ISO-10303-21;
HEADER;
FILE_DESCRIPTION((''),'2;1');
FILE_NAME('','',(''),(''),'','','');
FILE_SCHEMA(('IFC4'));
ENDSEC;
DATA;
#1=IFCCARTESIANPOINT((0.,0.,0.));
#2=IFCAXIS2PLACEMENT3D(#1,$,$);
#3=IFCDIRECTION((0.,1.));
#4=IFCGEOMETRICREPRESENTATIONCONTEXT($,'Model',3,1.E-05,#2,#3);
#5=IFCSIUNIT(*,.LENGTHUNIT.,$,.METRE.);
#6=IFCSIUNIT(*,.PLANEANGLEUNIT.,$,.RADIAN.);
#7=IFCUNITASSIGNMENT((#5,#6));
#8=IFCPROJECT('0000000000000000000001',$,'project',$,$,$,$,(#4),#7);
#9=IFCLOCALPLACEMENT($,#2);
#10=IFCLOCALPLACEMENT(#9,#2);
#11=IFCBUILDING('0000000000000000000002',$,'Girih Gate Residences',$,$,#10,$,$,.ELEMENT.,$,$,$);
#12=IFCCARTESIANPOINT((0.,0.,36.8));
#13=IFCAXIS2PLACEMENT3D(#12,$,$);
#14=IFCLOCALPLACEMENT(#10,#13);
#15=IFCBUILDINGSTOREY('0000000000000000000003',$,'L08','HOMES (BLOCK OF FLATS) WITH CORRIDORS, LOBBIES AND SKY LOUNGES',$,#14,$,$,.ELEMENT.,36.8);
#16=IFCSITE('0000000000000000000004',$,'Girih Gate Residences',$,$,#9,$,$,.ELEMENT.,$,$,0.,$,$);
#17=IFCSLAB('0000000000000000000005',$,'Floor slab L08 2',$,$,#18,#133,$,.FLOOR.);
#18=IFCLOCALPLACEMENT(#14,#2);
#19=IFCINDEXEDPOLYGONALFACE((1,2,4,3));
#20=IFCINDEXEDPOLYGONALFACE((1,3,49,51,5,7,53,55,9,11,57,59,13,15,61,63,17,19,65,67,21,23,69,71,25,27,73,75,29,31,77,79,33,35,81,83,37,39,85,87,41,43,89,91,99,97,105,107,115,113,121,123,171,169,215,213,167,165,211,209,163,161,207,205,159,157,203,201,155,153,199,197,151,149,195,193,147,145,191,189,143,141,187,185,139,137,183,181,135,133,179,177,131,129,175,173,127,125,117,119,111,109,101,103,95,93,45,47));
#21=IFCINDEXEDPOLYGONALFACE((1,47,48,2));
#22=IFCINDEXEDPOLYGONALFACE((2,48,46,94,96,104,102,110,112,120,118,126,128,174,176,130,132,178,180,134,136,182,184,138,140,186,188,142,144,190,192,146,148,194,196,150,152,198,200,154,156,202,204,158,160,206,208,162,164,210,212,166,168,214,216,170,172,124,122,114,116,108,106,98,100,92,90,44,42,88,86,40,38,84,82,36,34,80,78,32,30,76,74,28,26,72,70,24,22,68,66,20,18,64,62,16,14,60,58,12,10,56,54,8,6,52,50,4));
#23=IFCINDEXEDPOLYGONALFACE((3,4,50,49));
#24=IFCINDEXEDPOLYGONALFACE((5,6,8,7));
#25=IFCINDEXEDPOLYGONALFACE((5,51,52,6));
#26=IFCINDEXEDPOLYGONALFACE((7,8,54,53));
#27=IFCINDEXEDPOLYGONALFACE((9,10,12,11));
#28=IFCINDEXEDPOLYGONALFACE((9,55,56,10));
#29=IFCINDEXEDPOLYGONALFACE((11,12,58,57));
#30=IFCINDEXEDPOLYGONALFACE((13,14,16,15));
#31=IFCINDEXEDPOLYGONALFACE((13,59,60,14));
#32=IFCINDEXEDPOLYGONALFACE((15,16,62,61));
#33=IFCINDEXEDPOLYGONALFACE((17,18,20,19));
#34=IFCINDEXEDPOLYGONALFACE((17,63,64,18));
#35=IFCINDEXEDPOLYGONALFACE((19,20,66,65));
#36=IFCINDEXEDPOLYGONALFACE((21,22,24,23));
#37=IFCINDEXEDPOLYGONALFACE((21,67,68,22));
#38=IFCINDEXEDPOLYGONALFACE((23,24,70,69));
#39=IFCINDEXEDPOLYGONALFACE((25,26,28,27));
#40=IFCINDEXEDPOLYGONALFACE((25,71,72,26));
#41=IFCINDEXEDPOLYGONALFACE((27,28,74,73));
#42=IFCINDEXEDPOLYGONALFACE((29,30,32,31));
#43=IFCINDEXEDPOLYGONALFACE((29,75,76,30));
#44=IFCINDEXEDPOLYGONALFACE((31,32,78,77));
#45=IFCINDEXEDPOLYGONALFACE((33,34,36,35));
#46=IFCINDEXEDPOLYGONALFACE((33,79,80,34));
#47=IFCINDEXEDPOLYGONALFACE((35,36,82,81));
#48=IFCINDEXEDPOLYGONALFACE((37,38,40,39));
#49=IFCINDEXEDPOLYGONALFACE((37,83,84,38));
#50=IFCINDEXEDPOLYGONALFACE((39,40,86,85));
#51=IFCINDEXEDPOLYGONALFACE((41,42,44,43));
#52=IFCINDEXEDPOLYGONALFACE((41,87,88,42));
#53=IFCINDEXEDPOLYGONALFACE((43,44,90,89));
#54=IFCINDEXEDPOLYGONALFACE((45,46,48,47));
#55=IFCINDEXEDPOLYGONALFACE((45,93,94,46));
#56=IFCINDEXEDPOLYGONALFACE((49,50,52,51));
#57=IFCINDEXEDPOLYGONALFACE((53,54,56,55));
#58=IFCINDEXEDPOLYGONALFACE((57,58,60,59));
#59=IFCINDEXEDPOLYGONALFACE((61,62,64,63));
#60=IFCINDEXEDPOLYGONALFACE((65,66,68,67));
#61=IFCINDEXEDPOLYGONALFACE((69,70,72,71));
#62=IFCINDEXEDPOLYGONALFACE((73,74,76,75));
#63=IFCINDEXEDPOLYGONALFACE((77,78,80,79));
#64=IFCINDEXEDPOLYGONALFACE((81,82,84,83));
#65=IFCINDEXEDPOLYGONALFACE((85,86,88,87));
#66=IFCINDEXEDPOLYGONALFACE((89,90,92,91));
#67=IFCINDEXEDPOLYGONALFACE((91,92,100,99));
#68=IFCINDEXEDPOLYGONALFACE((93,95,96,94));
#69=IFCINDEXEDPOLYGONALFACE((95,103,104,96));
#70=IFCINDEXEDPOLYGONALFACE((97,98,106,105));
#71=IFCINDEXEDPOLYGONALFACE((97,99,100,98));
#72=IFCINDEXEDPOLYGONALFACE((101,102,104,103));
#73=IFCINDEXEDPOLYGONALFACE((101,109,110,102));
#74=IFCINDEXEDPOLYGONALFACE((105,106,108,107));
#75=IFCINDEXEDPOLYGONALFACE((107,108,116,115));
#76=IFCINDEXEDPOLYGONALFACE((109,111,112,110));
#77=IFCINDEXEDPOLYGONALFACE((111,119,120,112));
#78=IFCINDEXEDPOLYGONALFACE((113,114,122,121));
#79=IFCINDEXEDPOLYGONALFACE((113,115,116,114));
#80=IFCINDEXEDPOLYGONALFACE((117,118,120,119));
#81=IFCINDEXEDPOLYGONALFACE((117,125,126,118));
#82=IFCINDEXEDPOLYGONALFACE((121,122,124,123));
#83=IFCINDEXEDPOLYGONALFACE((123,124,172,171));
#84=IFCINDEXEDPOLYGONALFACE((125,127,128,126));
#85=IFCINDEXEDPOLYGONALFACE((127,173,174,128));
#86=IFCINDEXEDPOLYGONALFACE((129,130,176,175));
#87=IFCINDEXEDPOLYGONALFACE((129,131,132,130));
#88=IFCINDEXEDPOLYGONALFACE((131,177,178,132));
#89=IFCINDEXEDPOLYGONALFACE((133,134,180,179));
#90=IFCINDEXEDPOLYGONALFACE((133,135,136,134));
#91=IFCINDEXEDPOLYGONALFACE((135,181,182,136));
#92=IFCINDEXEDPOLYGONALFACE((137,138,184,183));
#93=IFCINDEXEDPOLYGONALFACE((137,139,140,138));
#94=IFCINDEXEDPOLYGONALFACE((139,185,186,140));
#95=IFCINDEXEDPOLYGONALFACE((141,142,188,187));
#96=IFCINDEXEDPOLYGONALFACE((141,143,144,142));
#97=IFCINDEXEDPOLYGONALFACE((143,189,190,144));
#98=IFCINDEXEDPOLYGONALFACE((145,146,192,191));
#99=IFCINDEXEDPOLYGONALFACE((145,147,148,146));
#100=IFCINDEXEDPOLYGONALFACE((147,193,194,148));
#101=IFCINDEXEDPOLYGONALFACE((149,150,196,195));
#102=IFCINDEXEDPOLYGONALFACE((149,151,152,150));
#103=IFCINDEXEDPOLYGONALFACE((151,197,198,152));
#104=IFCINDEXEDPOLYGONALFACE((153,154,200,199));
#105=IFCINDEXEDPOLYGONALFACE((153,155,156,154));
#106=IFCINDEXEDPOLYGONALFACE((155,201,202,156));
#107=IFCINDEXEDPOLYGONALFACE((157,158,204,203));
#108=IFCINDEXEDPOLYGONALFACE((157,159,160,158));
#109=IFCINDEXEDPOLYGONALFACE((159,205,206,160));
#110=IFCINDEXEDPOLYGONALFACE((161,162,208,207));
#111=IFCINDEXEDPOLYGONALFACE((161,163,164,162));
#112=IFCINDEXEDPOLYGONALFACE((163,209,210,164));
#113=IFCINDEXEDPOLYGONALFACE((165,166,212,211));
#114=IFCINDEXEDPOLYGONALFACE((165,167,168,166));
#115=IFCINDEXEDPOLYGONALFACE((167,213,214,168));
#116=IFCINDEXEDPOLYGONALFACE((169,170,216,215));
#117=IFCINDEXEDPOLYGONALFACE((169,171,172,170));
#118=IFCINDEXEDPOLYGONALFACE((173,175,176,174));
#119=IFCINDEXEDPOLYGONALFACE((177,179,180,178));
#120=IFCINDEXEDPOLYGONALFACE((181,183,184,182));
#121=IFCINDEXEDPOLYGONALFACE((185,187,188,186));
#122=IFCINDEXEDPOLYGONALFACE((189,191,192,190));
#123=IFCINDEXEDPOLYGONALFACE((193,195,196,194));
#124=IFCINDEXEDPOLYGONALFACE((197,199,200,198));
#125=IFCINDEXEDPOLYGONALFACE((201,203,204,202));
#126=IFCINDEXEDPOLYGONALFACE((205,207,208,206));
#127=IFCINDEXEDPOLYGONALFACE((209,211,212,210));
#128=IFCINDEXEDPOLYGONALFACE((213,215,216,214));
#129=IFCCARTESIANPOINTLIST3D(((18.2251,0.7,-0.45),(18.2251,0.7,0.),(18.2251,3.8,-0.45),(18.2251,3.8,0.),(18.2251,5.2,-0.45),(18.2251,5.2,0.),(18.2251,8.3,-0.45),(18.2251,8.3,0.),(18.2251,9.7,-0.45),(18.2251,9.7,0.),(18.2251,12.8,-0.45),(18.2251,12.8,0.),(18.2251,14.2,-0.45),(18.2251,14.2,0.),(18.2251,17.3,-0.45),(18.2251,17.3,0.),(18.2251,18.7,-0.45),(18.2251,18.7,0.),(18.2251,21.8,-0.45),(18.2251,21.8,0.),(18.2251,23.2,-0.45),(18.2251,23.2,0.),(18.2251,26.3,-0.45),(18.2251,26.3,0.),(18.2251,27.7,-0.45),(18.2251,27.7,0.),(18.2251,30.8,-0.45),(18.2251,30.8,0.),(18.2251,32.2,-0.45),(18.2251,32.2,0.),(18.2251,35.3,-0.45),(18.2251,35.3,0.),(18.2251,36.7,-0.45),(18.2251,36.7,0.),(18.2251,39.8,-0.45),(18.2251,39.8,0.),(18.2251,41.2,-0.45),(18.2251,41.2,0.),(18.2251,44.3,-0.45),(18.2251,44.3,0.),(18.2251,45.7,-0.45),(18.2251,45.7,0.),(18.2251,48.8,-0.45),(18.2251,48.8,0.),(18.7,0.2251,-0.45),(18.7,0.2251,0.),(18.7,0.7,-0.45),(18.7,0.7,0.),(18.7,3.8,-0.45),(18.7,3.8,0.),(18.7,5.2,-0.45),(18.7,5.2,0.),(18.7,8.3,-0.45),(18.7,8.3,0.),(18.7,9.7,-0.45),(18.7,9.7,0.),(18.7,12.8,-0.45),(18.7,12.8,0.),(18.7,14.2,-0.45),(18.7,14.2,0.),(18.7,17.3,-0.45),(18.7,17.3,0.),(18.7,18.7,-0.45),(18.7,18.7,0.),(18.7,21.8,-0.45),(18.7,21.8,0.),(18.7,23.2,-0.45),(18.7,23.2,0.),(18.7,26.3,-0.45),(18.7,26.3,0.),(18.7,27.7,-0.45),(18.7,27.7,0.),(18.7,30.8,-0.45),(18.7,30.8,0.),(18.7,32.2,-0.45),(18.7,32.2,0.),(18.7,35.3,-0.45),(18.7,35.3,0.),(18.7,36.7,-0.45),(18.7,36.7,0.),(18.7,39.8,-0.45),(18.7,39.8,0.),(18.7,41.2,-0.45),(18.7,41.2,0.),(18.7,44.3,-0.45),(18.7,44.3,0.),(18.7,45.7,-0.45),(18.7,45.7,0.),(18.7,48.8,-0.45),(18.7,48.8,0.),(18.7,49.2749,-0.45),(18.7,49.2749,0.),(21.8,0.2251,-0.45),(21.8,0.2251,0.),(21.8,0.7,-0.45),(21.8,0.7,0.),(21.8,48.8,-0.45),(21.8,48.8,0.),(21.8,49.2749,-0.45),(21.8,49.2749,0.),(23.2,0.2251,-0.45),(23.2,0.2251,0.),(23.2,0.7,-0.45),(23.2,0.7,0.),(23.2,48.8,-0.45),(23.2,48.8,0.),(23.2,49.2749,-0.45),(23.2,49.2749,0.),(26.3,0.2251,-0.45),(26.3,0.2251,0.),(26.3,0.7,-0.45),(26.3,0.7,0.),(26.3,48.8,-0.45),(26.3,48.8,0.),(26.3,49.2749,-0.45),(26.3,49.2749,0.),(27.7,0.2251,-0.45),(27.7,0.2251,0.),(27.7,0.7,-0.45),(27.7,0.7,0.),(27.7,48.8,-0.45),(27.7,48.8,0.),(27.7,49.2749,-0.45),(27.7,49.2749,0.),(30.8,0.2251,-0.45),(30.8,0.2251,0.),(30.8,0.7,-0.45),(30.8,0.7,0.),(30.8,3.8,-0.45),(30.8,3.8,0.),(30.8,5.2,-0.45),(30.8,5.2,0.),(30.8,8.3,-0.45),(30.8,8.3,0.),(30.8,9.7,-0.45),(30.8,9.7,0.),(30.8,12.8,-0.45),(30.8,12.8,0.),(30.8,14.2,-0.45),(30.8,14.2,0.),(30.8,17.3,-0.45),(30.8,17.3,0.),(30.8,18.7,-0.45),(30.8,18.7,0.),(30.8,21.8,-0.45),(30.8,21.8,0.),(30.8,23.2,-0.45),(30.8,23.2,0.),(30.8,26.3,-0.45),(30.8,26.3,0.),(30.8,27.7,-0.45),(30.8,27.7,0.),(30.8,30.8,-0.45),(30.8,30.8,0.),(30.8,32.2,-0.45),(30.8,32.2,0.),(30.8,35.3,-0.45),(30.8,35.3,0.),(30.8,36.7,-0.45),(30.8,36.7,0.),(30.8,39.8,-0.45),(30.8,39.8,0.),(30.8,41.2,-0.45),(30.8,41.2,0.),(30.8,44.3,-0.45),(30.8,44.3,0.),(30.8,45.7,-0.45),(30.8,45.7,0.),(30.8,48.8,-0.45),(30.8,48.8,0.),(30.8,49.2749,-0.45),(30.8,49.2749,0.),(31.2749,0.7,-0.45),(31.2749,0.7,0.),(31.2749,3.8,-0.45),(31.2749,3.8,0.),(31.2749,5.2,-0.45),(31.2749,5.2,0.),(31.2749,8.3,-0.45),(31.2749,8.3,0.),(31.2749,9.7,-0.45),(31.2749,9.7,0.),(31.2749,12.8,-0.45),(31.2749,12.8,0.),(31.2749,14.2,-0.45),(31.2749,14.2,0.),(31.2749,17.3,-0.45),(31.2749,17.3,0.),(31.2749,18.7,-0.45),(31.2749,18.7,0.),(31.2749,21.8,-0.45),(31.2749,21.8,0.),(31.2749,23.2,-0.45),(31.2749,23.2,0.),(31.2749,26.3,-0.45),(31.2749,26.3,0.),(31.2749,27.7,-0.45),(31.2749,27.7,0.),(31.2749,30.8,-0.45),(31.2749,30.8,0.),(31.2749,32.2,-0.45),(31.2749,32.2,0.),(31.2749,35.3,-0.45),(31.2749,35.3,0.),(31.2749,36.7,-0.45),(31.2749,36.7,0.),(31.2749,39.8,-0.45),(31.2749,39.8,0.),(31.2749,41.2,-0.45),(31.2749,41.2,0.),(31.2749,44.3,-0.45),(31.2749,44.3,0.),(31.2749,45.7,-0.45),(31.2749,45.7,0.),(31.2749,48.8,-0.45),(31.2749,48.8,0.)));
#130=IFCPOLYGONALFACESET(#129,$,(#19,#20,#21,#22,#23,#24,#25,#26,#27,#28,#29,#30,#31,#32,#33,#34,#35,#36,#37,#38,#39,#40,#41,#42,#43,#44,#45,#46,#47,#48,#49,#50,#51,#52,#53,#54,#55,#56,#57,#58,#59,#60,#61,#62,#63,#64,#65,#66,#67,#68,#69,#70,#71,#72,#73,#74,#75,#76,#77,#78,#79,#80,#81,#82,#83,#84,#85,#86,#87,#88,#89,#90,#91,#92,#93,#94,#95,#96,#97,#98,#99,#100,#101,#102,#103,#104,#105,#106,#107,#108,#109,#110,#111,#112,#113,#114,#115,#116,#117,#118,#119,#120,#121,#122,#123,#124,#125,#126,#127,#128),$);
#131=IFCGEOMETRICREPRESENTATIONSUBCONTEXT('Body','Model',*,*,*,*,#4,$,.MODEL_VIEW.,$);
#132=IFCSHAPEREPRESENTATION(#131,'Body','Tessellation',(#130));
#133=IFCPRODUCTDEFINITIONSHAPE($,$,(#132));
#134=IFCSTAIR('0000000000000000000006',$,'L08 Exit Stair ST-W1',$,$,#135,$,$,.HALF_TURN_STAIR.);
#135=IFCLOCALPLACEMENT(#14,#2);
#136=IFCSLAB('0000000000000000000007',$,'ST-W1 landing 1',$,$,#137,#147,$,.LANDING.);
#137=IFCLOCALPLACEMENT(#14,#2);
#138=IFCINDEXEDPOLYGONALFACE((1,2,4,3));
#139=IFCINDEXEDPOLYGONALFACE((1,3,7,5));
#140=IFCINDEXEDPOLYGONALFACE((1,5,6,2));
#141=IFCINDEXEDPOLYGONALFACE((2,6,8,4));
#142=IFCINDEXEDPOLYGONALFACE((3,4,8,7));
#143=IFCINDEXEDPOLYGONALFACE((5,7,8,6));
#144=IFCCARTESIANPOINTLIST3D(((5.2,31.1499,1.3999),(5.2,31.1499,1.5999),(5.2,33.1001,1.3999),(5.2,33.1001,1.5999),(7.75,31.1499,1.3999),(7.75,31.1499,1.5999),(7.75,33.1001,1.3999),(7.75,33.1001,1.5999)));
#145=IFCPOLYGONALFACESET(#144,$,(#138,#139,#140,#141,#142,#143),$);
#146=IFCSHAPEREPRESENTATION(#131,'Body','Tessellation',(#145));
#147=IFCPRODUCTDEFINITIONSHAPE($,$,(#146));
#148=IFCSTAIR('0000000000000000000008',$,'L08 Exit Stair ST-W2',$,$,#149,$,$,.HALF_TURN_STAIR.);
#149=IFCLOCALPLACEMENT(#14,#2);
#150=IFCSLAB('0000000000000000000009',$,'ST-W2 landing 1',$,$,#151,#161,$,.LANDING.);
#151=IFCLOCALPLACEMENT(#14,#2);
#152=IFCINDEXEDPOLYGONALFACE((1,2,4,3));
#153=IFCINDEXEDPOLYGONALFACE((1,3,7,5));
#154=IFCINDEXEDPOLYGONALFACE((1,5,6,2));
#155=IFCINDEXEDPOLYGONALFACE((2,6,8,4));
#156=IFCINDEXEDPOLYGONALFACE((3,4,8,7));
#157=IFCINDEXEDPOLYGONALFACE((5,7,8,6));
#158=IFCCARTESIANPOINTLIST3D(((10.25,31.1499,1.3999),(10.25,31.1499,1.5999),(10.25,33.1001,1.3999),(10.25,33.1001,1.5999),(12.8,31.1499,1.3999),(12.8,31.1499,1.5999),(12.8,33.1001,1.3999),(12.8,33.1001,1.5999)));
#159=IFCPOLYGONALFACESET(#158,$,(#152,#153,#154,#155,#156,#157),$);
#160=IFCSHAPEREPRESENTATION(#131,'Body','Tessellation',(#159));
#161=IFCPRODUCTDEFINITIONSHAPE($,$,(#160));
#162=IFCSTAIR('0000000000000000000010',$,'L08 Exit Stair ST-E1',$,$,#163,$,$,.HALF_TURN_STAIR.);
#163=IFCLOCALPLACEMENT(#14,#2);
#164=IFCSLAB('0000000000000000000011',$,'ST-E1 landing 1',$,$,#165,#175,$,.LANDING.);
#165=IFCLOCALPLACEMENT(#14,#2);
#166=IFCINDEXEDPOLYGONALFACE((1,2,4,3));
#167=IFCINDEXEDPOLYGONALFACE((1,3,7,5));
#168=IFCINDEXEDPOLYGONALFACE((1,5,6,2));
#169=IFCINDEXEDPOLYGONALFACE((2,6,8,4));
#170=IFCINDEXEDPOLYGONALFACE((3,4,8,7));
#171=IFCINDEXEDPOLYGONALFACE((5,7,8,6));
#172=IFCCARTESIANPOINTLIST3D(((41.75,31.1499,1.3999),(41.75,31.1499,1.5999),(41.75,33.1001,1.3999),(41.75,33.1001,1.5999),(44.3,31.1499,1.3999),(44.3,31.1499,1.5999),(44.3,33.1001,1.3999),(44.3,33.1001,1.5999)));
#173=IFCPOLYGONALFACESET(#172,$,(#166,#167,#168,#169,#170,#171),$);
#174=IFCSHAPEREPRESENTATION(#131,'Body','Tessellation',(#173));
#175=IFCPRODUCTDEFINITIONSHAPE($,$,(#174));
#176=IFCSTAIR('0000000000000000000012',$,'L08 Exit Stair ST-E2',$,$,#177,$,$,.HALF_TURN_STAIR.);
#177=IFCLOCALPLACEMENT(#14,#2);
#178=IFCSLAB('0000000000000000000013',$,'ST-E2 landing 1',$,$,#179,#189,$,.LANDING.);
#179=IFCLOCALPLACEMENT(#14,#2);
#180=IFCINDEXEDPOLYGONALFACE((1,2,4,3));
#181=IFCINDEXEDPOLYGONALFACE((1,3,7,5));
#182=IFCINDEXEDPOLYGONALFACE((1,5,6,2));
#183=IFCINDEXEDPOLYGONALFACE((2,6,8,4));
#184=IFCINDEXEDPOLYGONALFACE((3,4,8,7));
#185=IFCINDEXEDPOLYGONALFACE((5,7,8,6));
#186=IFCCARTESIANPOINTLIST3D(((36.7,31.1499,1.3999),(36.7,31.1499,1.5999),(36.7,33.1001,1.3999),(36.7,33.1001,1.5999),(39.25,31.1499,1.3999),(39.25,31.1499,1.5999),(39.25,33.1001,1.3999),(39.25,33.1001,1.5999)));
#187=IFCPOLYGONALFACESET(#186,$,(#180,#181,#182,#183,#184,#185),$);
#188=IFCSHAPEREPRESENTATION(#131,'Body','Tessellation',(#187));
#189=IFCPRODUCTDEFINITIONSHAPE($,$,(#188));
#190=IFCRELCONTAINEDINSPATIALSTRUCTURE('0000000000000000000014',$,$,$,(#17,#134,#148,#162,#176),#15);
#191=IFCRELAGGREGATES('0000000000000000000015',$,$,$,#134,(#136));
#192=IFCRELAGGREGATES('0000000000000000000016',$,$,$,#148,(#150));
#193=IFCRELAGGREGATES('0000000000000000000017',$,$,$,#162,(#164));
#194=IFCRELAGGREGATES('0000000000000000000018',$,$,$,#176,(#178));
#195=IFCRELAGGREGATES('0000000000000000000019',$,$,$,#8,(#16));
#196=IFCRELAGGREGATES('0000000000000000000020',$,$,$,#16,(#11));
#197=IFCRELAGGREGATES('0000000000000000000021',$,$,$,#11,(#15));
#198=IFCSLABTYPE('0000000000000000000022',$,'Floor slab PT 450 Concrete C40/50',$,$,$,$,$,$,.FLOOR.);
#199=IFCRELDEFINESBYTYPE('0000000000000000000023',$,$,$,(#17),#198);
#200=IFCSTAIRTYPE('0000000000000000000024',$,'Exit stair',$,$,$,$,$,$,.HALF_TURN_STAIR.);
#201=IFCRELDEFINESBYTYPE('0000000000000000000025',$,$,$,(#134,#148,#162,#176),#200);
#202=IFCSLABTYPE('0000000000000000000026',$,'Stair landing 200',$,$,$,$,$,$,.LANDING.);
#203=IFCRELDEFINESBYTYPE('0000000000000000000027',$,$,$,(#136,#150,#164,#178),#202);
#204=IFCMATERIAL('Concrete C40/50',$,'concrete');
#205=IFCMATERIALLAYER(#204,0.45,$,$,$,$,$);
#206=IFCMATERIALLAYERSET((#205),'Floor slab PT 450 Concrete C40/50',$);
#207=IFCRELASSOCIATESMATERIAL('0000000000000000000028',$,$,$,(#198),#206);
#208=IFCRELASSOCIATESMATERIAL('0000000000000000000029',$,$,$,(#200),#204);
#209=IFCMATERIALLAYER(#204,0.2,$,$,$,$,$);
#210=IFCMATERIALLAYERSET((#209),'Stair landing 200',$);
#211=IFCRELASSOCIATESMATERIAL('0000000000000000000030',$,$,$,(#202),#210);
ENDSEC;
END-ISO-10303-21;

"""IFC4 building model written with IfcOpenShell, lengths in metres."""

from ifc_helpers import new_model, si_unit, direction, frame, origin, place, context, subcontext, project, spatial, polyline, outline, extrude, material, layer, layer_set, type_object, element, aggregate, save


model = new_model("IFC4")

# Units and contexts
model_context = context("Model", 3, precision=1e-05, world=origin(), true_north=direction((0.0, 1.0)))
body_context = subcontext(model_context, "Body", "Model", "MODEL_VIEW")
ifc_project = project(units=[si_unit("LENGTHUNIT", "METRE"), si_unit("PLANEANGLEUNIT", "RADIAN")], contexts=[model_context])

# Site, building, storey
site_placement = place(None, origin())
site = spatial("IfcSite", under=ifc_project, at=site_placement, Name="Girih Gate Residences", CompositionType="ELEMENT", RefElevation=0.0)
building_placement = place(site_placement, origin())
building = spatial("IfcBuilding", under=site, at=building_placement, Name="Girih Gate Residences", CompositionType="ELEMENT")
storey_placement = place(building_placement, frame((0.0, 0.0, 36.8)))
storey = spatial("IfcBuildingStorey", under=building, at=storey_placement, Name="L08", Description="HOMES (BLOCK OF FLATS) WITH CORRIDORS, LOBBIES AND SKY LOUNGES", CompositionType="ELEMENT", Elevation=36.8)

# Slab
ifc_material_1 = material(Name="Concrete C40/50", Category="concrete")
ifc_layer_1 = layer(ifc_material_1, 0.45)
ifc_layer_set_1 = layer_set([ifc_layer_1], Name="Floor slab PT 450 Concrete C40/50")
slab_type_1 = type_object("IfcSlabType", Name="Floor slab PT 450 Concrete C40/50", PredefinedType="FLOOR", material=ifc_layer_set_1)
slab_1_placement = place(storey_placement, frame((0.0, 0.0, -0.45)))
element("IfcSlab", 1, at=slab_1_placement, inside=storey, type_object=slab_type_1, Name="Floor slab L08 2", PredefinedType="FLOOR", context=body_context, shape_type="SweptSolid", body=[
    extrude(outline(polyline([(21.8, 49.2749), (18.7, 49.2749), (18.7, 48.8), (18.2251, 48.8), (18.2251, 45.7), (18.7, 45.7), (18.7, 44.3), (18.2251, 44.3), (18.2251, 41.2), (18.7, 41.2), (18.7, 39.8), (18.2251, 39.8), (18.2251, 36.7), (18.7, 36.7), (18.7, 35.3), (18.2251, 35.3), (18.2251, 32.2), (18.7, 32.2), (18.7, 30.8), (18.2251, 30.8), (18.2251, 27.7), (18.7, 27.7), (18.7, 26.3), (18.2251, 26.3), (18.2251, 23.2), (18.7, 23.2), (18.7, 21.8), (18.2251, 21.8), (18.2251, 18.7), (18.7, 18.7), (18.7, 17.3), (18.2251, 17.3), (18.2251, 14.2), (18.7, 14.2), (18.7, 12.8), (18.2251, 12.8), (18.2251, 9.7), (18.7, 9.7), (18.7, 8.3), (18.2251, 8.3), (18.2251, 5.2), (18.7, 5.2), (18.7, 3.8), (18.2251, 3.8), (18.2251, 0.7), (18.7, 0.7), (18.7, 0.2251), (21.8, 0.2251), (21.8, 0.7), (23.2, 0.7), (23.2, 0.2251), (26.3, 0.2251), (26.3, 0.7), (27.7, 0.7), (27.7, 0.2251), (30.8, 0.2251), (30.8, 0.7), (31.2749, 0.7), (31.2749, 3.8), (30.8, 3.8), (30.8, 5.2), (31.2749, 5.2), (31.2749, 8.3), (30.8, 8.3), (30.8, 9.7), (31.2749, 9.7), (31.2749, 12.8), (30.8, 12.8), (30.8, 14.2), (31.2749, 14.2), (31.2749, 17.3), (30.8, 17.3), (30.8, 18.7), (31.2749, 18.7), (31.2749, 21.8), (30.8, 21.8), (30.8, 23.2), (31.2749, 23.2), (31.2749, 26.3), (30.8, 26.3), (30.8, 27.7), (31.2749, 27.7), (31.2749, 30.8), (30.8, 30.8), (30.8, 32.2), (31.2749, 32.2), (31.2749, 35.3), (30.8, 35.3), (30.8, 36.7), (31.2749, 36.7), (31.2749, 39.8), (30.8, 39.8), (30.8, 41.2), (31.2749, 41.2), (31.2749, 44.3), (30.8, 44.3), (30.8, 45.7), (31.2749, 45.7), (31.2749, 48.8), (30.8, 48.8), (30.8, 49.2749), (27.7, 49.2749), (27.7, 48.8), (26.3, 48.8), (26.3, 49.2749), (23.2, 49.2749), (23.2, 48.8), (21.8, 48.8), (21.8, 49.2749)])), origin(), (0.0, 0.0, 1.0), 0.45),
])

# Stairs, slabs
stair_type = type_object("IfcStairType", Name="Exit stair", PredefinedType="HALF_TURN_STAIR", material=ifc_material_1)
stair_1_placement = place(storey_placement, origin())
stair_1 = element("IfcStair", 2, at=stair_1_placement, inside=storey, type_object=stair_type, Name="L08 Exit Stair ST-W1", PredefinedType="HALF_TURN_STAIR")
ifc_layer_2 = layer(ifc_material_1, 0.2)
ifc_layer_set_2 = layer_set([ifc_layer_2], Name="Stair landing 200")
slab_type_2 = type_object("IfcSlabType", Name="Stair landing 200", PredefinedType="LANDING", material=ifc_layer_set_2)
slab_2_placement = place(storey_placement, frame((0.0, 0.0, 1.3999)))
slab_2 = element("IfcSlab", 3, at=slab_2_placement, type_object=slab_type_2, Name="ST-W1 landing 1", PredefinedType="LANDING", context=body_context, shape_type="SweptSolid", body=[
    extrude(outline(polyline([(7.75, 31.1499), (7.75, 33.1001), (5.2, 33.1001), (5.2, 31.1499), (7.75, 31.1499)])), origin(), (0.0, 0.0, 1.0), 0.2),
])
aggregate(stair_1, [slab_2])
stair_2_placement = place(storey_placement, origin())
stair_2 = element("IfcStair", 4, at=stair_2_placement, inside=storey, type_object=stair_type, Name="L08 Exit Stair ST-W2", PredefinedType="HALF_TURN_STAIR")
slab_3_placement = place(storey_placement, frame((0.0, 0.0, 1.3999)))
slab_3 = element("IfcSlab", 5, at=slab_3_placement, type_object=slab_type_2, Name="ST-W2 landing 1", PredefinedType="LANDING", context=body_context, shape_type="SweptSolid", body=[
    extrude(outline(polyline([(12.8, 31.1499), (12.8, 33.1001), (10.25, 33.1001), (10.25, 31.1499), (12.8, 31.1499)])), origin(), (0.0, 0.0, 1.0), 0.2),
])
aggregate(stair_2, [slab_3])
stair_3_placement = place(storey_placement, origin())
stair_3 = element("IfcStair", 6, at=stair_3_placement, inside=storey, type_object=stair_type, Name="L08 Exit Stair ST-E1", PredefinedType="HALF_TURN_STAIR")
slab_4_placement = place(storey_placement, frame((0.0, 0.0, 1.3999)))
slab_4 = element("IfcSlab", 7, at=slab_4_placement, type_object=slab_type_2, Name="ST-E1 landing 1", PredefinedType="LANDING", context=body_context, shape_type="SweptSolid", body=[
    extrude(outline(polyline([(44.3, 31.1499), (44.3, 33.1001), (41.75, 33.1001), (41.75, 31.1499), (44.3, 31.1499)])), origin(), (0.0, 0.0, 1.0), 0.2),
])
aggregate(stair_3, [slab_4])
stair_4_placement = place(storey_placement, origin())
stair_4 = element("IfcStair", 8, at=stair_4_placement, inside=storey, type_object=stair_type, Name="L08 Exit Stair ST-E2", PredefinedType="HALF_TURN_STAIR")
slab_5_placement = place(storey_placement, frame((0.0, 0.0, 1.3999)))
slab_5 = element("IfcSlab", 9, at=slab_5_placement, type_object=slab_type_2, Name="ST-E2 landing 1", PredefinedType="LANDING", context=body_context, shape_type="SweptSolid", body=[
    extrude(outline(polyline([(39.25, 31.1499), (39.25, 33.1001), (36.7, 33.1001), (36.7, 31.1499), (39.25, 31.1499)])), origin(), (0.0, 0.0, 1.0), 0.2),
])
aggregate(stair_4, [slab_5])

save(model, "model.ifc")
